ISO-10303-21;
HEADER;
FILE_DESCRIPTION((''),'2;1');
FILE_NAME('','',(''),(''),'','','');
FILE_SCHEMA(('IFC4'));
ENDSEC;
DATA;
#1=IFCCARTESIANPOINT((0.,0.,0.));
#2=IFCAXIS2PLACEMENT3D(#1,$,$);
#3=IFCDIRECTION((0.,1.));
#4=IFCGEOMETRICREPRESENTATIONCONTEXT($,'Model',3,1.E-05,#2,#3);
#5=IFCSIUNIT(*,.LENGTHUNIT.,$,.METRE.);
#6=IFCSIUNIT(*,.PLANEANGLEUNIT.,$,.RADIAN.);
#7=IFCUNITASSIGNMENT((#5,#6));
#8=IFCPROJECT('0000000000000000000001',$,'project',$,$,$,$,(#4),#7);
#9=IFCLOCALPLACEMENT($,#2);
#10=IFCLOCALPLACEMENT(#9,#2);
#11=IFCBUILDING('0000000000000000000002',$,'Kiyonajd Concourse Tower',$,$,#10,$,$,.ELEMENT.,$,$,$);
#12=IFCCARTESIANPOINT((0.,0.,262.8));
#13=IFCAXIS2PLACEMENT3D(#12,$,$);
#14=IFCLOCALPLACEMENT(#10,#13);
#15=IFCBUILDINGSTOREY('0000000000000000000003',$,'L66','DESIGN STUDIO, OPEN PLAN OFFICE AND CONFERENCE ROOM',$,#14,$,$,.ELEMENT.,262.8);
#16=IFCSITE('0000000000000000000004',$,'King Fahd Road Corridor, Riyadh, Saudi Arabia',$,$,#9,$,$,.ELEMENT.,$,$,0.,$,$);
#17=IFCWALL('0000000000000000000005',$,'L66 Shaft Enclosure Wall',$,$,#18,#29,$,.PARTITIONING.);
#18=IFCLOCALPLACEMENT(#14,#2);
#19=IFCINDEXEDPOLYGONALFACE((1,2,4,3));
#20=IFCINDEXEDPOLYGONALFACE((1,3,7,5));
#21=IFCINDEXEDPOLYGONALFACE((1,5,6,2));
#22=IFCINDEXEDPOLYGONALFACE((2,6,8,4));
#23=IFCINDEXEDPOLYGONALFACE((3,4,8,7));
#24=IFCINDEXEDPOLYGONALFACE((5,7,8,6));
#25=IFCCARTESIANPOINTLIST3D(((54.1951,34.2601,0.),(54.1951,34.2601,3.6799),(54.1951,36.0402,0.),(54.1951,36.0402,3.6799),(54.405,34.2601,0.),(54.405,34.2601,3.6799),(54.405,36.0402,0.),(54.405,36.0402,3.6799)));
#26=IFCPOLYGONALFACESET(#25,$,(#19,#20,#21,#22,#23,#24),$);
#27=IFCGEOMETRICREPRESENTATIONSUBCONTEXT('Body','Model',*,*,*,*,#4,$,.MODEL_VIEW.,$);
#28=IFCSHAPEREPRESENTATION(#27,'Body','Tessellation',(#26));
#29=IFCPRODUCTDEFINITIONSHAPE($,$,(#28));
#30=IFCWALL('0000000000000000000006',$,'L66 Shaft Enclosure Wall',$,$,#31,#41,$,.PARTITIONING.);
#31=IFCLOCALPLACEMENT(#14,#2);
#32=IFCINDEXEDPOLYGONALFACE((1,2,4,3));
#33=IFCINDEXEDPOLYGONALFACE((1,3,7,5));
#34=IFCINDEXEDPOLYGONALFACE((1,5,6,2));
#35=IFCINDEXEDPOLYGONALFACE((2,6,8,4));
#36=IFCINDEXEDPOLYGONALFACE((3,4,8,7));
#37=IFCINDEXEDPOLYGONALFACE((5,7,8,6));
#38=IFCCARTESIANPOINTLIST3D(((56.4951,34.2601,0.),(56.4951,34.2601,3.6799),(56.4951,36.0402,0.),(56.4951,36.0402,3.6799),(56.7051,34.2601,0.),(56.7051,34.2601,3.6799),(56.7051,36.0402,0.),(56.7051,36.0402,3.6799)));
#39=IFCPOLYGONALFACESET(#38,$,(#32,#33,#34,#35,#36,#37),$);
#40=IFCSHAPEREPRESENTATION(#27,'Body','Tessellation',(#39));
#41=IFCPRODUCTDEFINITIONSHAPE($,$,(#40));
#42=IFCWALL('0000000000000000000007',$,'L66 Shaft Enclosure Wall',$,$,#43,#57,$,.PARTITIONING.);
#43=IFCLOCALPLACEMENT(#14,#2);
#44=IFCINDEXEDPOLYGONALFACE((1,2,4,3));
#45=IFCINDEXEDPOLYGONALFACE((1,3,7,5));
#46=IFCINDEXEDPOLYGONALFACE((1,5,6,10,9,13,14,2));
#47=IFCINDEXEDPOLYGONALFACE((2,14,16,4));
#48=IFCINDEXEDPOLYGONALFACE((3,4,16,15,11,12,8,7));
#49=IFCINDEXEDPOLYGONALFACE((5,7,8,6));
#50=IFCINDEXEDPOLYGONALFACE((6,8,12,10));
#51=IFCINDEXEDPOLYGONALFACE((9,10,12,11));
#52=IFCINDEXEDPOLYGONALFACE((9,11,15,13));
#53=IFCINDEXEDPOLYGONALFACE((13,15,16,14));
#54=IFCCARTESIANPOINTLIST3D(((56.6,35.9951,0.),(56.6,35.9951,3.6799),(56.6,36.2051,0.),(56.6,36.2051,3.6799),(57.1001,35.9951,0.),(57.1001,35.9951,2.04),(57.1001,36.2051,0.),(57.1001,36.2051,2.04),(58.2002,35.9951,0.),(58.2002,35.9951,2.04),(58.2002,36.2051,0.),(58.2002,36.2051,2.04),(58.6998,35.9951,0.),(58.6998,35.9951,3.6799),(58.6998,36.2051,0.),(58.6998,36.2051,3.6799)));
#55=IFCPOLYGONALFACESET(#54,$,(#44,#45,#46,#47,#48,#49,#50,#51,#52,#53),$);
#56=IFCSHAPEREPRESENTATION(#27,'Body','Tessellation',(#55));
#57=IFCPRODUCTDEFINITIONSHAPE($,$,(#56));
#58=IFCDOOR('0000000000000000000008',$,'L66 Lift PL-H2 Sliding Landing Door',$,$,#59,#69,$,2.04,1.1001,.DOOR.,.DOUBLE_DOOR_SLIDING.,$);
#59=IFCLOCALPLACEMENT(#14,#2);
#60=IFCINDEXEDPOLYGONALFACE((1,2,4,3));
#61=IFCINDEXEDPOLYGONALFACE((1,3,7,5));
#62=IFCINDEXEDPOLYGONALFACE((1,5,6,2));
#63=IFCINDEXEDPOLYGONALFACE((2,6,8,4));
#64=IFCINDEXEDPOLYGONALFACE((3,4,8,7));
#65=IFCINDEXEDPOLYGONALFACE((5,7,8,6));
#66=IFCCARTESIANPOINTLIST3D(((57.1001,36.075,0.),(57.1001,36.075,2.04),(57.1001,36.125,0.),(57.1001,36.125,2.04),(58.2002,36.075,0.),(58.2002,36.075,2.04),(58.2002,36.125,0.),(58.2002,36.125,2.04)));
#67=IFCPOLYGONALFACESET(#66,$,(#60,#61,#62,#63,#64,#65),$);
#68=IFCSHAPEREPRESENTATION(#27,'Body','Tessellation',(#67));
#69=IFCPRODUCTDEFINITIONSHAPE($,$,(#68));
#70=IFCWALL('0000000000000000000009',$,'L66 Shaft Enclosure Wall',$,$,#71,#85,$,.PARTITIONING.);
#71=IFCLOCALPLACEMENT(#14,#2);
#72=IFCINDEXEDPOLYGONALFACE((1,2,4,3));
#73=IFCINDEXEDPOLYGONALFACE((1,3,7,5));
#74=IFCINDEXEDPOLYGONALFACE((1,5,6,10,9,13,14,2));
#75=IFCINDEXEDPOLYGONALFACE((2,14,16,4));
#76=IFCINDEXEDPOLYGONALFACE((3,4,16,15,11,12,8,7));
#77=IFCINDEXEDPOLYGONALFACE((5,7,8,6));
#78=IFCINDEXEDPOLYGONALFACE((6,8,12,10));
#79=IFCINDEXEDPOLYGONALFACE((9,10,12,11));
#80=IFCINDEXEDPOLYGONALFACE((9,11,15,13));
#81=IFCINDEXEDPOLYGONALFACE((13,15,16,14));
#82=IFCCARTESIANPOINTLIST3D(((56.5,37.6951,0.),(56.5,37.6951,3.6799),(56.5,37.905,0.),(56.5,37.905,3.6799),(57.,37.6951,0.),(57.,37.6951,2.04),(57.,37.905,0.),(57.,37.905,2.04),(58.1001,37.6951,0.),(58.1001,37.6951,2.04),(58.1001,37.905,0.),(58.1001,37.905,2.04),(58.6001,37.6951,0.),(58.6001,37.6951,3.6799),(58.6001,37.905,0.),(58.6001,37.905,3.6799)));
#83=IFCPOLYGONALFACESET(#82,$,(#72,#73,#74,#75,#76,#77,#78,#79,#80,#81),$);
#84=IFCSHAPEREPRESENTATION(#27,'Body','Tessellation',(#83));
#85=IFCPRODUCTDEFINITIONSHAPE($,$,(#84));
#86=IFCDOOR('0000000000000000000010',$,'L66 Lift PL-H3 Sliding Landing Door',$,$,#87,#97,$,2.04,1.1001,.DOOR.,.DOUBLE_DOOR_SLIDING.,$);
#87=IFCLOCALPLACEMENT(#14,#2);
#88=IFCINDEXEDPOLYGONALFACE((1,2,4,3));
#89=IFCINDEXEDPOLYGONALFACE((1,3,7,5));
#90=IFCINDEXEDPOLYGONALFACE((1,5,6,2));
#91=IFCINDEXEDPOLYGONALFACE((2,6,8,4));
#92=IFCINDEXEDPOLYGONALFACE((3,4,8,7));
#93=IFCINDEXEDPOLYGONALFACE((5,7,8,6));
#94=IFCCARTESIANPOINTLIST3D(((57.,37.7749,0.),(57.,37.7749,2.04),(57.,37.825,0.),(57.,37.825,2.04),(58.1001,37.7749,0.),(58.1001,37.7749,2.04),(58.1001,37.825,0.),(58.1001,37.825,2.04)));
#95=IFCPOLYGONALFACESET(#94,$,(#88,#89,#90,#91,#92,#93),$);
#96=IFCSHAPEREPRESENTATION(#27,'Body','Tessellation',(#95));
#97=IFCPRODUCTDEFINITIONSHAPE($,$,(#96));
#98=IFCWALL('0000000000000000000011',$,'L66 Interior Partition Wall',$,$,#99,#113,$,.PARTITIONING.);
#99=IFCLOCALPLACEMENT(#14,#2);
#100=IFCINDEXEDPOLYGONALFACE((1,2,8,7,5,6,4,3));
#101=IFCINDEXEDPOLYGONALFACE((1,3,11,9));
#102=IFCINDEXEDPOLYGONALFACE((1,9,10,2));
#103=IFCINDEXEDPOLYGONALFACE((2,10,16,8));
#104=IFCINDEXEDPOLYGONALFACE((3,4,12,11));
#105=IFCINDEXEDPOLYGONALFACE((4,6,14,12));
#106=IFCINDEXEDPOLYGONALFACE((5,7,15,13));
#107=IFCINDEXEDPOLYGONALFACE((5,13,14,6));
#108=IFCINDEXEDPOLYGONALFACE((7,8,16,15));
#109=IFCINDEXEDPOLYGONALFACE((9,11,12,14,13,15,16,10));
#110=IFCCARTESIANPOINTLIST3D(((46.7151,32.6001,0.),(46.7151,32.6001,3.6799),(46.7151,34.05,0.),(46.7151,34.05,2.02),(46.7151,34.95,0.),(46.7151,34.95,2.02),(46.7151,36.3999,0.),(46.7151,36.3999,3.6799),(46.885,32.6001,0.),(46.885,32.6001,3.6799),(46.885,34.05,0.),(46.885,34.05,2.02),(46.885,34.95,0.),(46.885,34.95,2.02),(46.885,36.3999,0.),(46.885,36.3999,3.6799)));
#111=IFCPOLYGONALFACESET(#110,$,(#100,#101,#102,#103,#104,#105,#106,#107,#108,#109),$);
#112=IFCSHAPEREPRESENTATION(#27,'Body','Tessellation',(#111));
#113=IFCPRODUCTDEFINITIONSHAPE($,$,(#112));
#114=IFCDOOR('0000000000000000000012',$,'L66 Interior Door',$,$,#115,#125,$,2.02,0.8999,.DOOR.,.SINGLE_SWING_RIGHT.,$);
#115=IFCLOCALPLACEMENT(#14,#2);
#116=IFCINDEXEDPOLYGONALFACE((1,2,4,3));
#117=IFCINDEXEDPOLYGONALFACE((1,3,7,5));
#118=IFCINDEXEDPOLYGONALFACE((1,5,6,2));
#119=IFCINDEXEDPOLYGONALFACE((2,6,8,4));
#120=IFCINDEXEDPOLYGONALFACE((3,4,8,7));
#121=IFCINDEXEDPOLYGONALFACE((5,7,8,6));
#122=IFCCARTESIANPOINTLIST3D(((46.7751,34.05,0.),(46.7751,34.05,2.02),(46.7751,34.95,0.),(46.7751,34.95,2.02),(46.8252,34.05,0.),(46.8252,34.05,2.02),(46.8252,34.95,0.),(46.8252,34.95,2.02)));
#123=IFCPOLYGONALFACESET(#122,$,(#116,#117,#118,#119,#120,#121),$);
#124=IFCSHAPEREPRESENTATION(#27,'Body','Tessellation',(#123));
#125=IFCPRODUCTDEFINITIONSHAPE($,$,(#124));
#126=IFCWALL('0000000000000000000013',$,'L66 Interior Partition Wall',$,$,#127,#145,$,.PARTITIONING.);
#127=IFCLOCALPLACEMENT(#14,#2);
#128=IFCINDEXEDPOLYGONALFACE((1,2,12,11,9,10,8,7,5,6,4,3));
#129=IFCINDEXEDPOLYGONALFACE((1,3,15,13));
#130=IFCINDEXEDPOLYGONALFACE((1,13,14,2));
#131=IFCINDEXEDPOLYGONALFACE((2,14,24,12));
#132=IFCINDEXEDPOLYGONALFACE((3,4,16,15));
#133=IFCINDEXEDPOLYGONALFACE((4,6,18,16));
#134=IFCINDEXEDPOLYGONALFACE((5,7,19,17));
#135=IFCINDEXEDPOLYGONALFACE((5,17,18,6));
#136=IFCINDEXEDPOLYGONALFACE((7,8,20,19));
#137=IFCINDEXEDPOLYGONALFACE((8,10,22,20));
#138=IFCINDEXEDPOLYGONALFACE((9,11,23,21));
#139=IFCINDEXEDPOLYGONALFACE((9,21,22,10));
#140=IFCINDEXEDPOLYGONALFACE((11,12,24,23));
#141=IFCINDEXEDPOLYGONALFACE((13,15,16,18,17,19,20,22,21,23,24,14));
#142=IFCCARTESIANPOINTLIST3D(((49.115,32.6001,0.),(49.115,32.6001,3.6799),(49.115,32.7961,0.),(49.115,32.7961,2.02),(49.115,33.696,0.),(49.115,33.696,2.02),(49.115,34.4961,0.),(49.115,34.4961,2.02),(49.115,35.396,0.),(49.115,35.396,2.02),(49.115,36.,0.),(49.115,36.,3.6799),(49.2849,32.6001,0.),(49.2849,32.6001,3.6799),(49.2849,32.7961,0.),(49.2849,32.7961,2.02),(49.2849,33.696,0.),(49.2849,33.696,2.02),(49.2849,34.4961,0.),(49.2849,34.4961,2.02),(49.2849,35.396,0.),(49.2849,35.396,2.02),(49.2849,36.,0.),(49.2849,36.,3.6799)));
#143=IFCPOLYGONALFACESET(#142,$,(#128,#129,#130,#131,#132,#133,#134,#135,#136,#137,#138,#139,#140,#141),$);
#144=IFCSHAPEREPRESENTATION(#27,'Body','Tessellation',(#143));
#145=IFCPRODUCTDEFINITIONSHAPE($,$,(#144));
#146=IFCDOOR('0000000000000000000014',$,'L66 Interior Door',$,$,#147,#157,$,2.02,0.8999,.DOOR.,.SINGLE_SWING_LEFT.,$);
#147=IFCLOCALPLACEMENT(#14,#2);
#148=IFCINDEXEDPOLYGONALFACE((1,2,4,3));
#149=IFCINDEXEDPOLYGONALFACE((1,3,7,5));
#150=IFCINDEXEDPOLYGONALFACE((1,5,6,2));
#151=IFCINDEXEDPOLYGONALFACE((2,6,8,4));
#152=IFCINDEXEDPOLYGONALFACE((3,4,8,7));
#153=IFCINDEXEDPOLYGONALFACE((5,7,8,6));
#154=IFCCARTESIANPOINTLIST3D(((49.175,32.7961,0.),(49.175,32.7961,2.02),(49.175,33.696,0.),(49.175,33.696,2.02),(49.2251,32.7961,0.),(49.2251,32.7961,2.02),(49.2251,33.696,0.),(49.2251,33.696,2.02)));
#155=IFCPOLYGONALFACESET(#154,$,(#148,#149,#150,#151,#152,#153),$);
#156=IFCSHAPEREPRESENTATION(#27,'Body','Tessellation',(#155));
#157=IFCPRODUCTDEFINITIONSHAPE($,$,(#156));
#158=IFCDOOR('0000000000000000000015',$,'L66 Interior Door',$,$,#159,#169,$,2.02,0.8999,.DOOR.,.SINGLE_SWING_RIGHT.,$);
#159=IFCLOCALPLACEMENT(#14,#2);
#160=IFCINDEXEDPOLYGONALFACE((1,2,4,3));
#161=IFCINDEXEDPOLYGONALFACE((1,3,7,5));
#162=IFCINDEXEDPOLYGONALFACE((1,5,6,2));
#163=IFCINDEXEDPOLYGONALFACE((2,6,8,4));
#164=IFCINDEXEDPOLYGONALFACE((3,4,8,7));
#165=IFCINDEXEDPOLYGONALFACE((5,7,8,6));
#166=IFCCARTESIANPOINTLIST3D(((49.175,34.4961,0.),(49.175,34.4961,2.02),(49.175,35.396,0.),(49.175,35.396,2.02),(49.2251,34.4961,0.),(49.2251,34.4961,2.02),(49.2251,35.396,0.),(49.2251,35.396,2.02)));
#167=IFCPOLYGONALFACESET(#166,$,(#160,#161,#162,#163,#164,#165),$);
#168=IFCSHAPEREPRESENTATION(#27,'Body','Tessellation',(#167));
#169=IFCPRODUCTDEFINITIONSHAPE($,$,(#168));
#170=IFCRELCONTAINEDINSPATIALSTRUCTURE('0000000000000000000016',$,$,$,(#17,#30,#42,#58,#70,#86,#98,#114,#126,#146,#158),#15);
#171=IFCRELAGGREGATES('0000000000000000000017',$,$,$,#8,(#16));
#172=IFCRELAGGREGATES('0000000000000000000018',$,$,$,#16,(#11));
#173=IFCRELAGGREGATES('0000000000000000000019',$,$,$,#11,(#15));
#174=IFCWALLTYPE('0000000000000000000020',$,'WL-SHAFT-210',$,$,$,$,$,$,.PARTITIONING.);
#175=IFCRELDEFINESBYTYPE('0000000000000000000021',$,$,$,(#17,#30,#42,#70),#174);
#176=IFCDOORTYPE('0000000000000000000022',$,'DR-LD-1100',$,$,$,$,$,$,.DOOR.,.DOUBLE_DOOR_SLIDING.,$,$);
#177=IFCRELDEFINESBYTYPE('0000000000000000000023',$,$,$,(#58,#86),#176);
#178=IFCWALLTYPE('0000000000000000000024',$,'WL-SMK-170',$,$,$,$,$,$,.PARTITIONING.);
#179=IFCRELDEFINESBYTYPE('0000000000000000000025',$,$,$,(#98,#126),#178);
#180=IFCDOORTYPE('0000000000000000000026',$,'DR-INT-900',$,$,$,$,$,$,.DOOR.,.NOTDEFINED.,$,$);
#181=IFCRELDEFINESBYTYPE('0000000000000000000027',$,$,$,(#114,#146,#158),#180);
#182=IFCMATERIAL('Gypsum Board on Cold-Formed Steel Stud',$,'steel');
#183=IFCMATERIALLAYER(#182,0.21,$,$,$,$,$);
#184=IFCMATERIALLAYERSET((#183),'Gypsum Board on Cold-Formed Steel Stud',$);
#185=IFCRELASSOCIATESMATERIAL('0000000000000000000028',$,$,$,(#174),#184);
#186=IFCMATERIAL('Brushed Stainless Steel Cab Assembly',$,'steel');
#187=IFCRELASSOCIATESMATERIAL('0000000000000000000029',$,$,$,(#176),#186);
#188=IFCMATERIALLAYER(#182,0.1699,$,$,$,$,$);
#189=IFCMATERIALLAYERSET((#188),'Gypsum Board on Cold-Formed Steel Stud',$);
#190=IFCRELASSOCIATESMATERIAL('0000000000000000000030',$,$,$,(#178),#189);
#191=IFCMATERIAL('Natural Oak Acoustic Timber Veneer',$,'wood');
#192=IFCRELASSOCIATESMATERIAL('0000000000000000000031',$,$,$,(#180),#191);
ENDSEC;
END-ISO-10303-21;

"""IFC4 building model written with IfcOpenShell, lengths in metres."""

from ifc_helpers import new_model, si_unit, direction, frame, frame_2d, origin, place, context, subcontext, project, spatial, rectangle, extrude, material, layer, layer_set, type_object, element, fill, save


model = new_model("IFC4")

# Units and contexts
model_context = context("Model", 3, precision=1e-05, world=origin(), true_north=direction((0.0, 1.0)))
body_context = subcontext(model_context, "Body", "Model", "MODEL_VIEW")
ifc_project = project(units=[si_unit("LENGTHUNIT", "METRE"), si_unit("PLANEANGLEUNIT", "RADIAN")], contexts=[model_context])

# Site, building, storey
site_placement = place(None, origin())
site = spatial("IfcSite", under=ifc_project, at=site_placement, Name="King Fahd Road Corridor, Riyadh, Saudi Arabia", CompositionType="ELEMENT", RefElevation=0.0)
building_placement = place(site_placement, origin())
building = spatial("IfcBuilding", under=site, at=building_placement, Name="Kiyonajd Concourse Tower", CompositionType="ELEMENT")
storey_placement = place(building_placement, frame((0.0, 0.0, 262.8)))
storey = spatial("IfcBuildingStorey", under=building, at=storey_placement, Name="L66", Description="DESIGN STUDIO, OPEN PLAN OFFICE AND CONFERENCE ROOM", CompositionType="ELEMENT", Elevation=262.8)

# Shared definitions
ifc_material_1 = material(Name="Gypsum Board on Cold-Formed Steel Stud", Category="steel")

# Shared definitions
ifc_layer_1 = layer(ifc_material_1, 0.21)
ifc_layer_set_1 = layer_set([ifc_layer_1], Name="Gypsum Board on Cold-Formed Steel Stud")
wall_type_1 = type_object("IfcWallType", Name="WL-SHAFT-210", PredefinedType="PARTITIONING", material=ifc_layer_set_1)
ifc_material_2 = material(Name="Brushed Stainless Steel Cab Assembly", Category="steel")

# Shared definitions
door_type_1 = type_object("IfcDoorType", Name="DR-LD-1100", OperationType="DOUBLE_DOOR_SLIDING", PredefinedType="DOOR", material=ifc_material_2)

# Walls
for number, where, z_axis, x_axis, name in (
    (1, (54.3, 34.26, 0.0), (0.0, 0.0, 1.0), (0.0, 1.0, 0.0), "L66 Shaft Enclosure Wall"),
    (2, (56.6001, 34.26, 0.0), (0.0, 0.0, 1.0), (0.0, 1.0, 0.0), "L66 Shaft Enclosure Wall"),
):
    element("IfcWall", number, at=place(storey_placement, frame(where, z_axis=z_axis, x_axis=x_axis)), inside=storey, type_object=wall_type_1, Name=name, PredefinedType="PARTITIONING", context=body_context, shape_type="SweptSolid", body=[
        extrude(rectangle(XDim=1.78, YDim=0.21, at=frame_2d((0.8901, 0.0))), origin(), (0.0, 0.0, 1.0), 3.6799),
    ])

# Walls, openings, doors
wall_1_placement = place(storey_placement, frame((56.6001, 36.1001, 0.0), z_axis=(0.0, 0.0, 1.0), x_axis=(1.0, 0.0, 0.0)))
wall_1 = element("IfcWall", 3, at=wall_1_placement, inside=storey, type_object=wall_type_1, Name="L66 Shaft Enclosure Wall", PredefinedType="PARTITIONING", context=body_context, shape_type="SweptSolid", body=[
    extrude(rectangle(XDim=2.0999, YDim=0.21, at=frame_2d((1.0498, 0.0))), origin(), (0.0, 0.0, 1.0), 3.6799),
])
opening_1_placement = place(wall_1_placement, frame((0.5, 0.0, 0.0)))
opening_1 = element("IfcOpeningElement", 4, at=opening_1_placement, cuts=wall_1, PredefinedType="OPENING", context=body_context, shape_type="SweptSolid", body=[
    extrude(rectangle(XDim=1.1001, YDim=2.04, at=frame_2d((0.55, 1.02))), frame((0.0, 0.115, 0.0), z_axis=(0.0, -1.0, 0.0), x_axis=(1.0, 0.0, 0.0)), (0.0, 0.0, 1.0), 0.23),
])
door_1_placement = place(opening_1_placement, origin())
door_1 = element("IfcDoor", 5, at=door_1_placement, inside=storey, type_object=door_type_1, Name="L66 Lift PL-H2 Sliding Landing Door", OperationType="DOUBLE_DOOR_SLIDING", OverallHeight=2.04, OverallWidth=1.1001, PredefinedType="DOOR", context=body_context, shape_type="SweptSolid", body=[
    extrude(rectangle(XDim=1.1001, YDim=2.04, at=frame_2d((0.55, 1.02))), frame((0.0, 0.0249, 0.0), z_axis=(0.0, -1.0, 0.0), x_axis=(1.0, 0.0, 0.0)), (0.0, 0.0, 1.0), 0.05),
])
fill(opening_1, door_1)
wall_2_placement = place(storey_placement, frame((56.5, 37.8, 0.0), z_axis=(0.0, 0.0, 1.0), x_axis=(1.0, 0.0, 0.0)))
wall_2 = element("IfcWall", 6, at=wall_2_placement, inside=storey, type_object=wall_type_1, Name="L66 Shaft Enclosure Wall", PredefinedType="PARTITIONING", context=body_context, shape_type="SweptSolid", body=[
    extrude(rectangle(XDim=2.1001, YDim=0.21, at=frame_2d((1.05, 0.0))), origin(), (0.0, 0.0, 1.0), 3.6799),
])
opening_2_placement = place(wall_2_placement, frame((0.5, 0.0, 0.0)))
opening_2 = element("IfcOpeningElement", 7, at=opening_2_placement, cuts=wall_2, PredefinedType="OPENING", context=body_context, shape_type="SweptSolid", body=[
    extrude(rectangle(XDim=1.1001, YDim=2.04, at=frame_2d((0.55, 1.02))), frame((0.0, 0.115, 0.0), z_axis=(0.0, -1.0, 0.0), x_axis=(1.0, 0.0, 0.0)), (0.0, 0.0, 1.0), 0.23),
])
door_2_placement = place(opening_2_placement, origin())
door_2 = element("IfcDoor", 8, at=door_2_placement, inside=storey, type_object=door_type_1, Name="L66 Lift PL-H3 Sliding Landing Door", OperationType="DOUBLE_DOOR_SLIDING", OverallHeight=2.04, OverallWidth=1.1001, PredefinedType="DOOR", context=body_context, shape_type="SweptSolid", body=[
    extrude(rectangle(XDim=1.1001, YDim=2.04, at=frame_2d((0.55, 1.02))), frame((0.0, 0.0249, 0.0), z_axis=(0.0, -1.0, 0.0), x_axis=(1.0, 0.0, 0.0)), (0.0, 0.0, 1.0), 0.05),
])
fill(opening_2, door_2)
ifc_layer_2 = layer(ifc_material_1, 0.1699)
ifc_layer_set_2 = layer_set([ifc_layer_2], Name="Gypsum Board on Cold-Formed Steel Stud")
wall_type_2 = type_object("IfcWallType", Name="WL-SMK-170", PredefinedType="PARTITIONING", material=ifc_layer_set_2)
wall_3_placement = place(storey_placement, frame((46.8, 32.6001, 0.0), z_axis=(0.0, 0.0, 1.0), x_axis=(0.0, 1.0, 0.0)))
wall_3 = element("IfcWall", 9, at=wall_3_placement, inside=storey, type_object=wall_type_2, Name="L66 Interior Partition Wall", PredefinedType="PARTITIONING", context=body_context, shape_type="SweptSolid", body=[
    extrude(rectangle(XDim=3.7998, YDim=0.1699, at=frame_2d((1.8999, 0.0))), origin(), (0.0, 0.0, 1.0), 3.6799),
])
opening_3_placement = place(wall_3_placement, frame((1.45, 0.0, 0.0)))
opening_3 = element("IfcOpeningElement", 10, at=opening_3_placement, cuts=wall_3, PredefinedType="OPENING", context=body_context, shape_type="SweptSolid", body=[
    extrude(rectangle(XDim=0.8999, YDim=2.02, at=frame_2d((0.45, 1.01))), frame((0.0, 0.095, 0.0), z_axis=(0.0, -1.0, 0.0), x_axis=(1.0, 0.0, 0.0)), (0.0, 0.0, 1.0), 0.1899),
])
ifc_material_3 = material(Name="Natural Oak Acoustic Timber Veneer", Category="wood")
door_type_2 = type_object("IfcDoorType", Name="DR-INT-900", OperationType="NOTDEFINED", PredefinedType="DOOR", material=ifc_material_3)
door_3_placement = place(opening_3_placement, origin())
door_3 = element("IfcDoor", 11, at=door_3_placement, inside=storey, type_object=door_type_2, Name="L66 Interior Door", OperationType="SINGLE_SWING_RIGHT", OverallHeight=2.02, OverallWidth=0.8999, PredefinedType="DOOR", context=body_context, shape_type="SweptSolid", body=[
    extrude(rectangle(XDim=0.8999, YDim=2.02, at=frame_2d((0.45, 1.01))), frame((0.0, 0.0249, 0.0), z_axis=(0.0, -1.0, 0.0), x_axis=(1.0, 0.0, 0.0)), (0.0, 0.0, 1.0), 0.05),
])
fill(opening_3, door_3)

# Wall, openings, doors
wall_4_placement = place(storey_placement, frame((49.2, 32.6001, 0.0), z_axis=(0.0, 0.0, 1.0), x_axis=(0.0, 1.0, 0.0)))
wall_4 = element("IfcWall", 12, at=wall_4_placement, inside=storey, type_object=wall_type_2, Name="L66 Interior Partition Wall", PredefinedType="PARTITIONING", context=body_context, shape_type="SweptSolid", body=[
    extrude(rectangle(XDim=3.3999, YDim=0.1699, at=frame_2d((1.7, 0.0))), origin(), (0.0, 0.0, 1.0), 3.6799),
])
opening_4_placement = place(wall_4_placement, frame((0.196, 0.0, 0.0)))
opening_4 = element("IfcOpeningElement", 13, at=opening_4_placement, cuts=wall_4, PredefinedType="OPENING", context=body_context, shape_type="SweptSolid", body=[
    extrude(rectangle(XDim=0.8999, YDim=2.02, at=frame_2d((0.45, 1.01))), frame((0.0, 0.095, 0.0), z_axis=(0.0, -1.0, 0.0), x_axis=(1.0, 0.0, 0.0)), (0.0, 0.0, 1.0), 0.1899),
])
opening_5_placement = place(wall_4_placement, frame((1.896, 0.0, 0.0)))
opening_5 = element("IfcOpeningElement", 14, at=opening_5_placement, cuts=wall_4, PredefinedType="OPENING", context=body_context, shape_type="SweptSolid", body=[
    extrude(rectangle(XDim=0.8999, YDim=2.02, at=frame_2d((0.45, 1.01))), frame((0.0, 0.095, 0.0), z_axis=(0.0, -1.0, 0.0), x_axis=(1.0, 0.0, 0.0)), (0.0, 0.0, 1.0), 0.1899),
])
door_4_placement = place(opening_4_placement, origin())
door_4 = element("IfcDoor", 15, at=door_4_placement, inside=storey, type_object=door_type_2, Name="L66 Interior Door", OperationType="SINGLE_SWING_LEFT", OverallHeight=2.02, OverallWidth=0.8999, PredefinedType="DOOR", context=body_context, shape_type="SweptSolid", body=[
    extrude(rectangle(XDim=0.8999, YDim=2.02, at=frame_2d((0.45, 1.01))), frame((0.0, 0.0249, 0.0), z_axis=(0.0, -1.0, 0.0), x_axis=(1.0, 0.0, 0.0)), (0.0, 0.0, 1.0), 0.05),
])
fill(opening_4, door_4)
door_5_placement = place(opening_5_placement, origin())
door_5 = element("IfcDoor", 16, at=door_5_placement, inside=storey, type_object=door_type_2, Name="L66 Interior Door", OperationType="SINGLE_SWING_RIGHT", OverallHeight=2.02, OverallWidth=0.8999, PredefinedType="DOOR", context=body_context, shape_type="SweptSolid", body=[
    extrude(rectangle(XDim=0.8999, YDim=2.02, at=frame_2d((0.45, 1.01))), frame((0.0, 0.0249, 0.0), z_axis=(0.0, -1.0, 0.0), x_axis=(1.0, 0.0, 0.0)), (0.0, 0.0, 1.0), 0.05),
])
fill(opening_5, door_5)

save(model, "model.ifc")
